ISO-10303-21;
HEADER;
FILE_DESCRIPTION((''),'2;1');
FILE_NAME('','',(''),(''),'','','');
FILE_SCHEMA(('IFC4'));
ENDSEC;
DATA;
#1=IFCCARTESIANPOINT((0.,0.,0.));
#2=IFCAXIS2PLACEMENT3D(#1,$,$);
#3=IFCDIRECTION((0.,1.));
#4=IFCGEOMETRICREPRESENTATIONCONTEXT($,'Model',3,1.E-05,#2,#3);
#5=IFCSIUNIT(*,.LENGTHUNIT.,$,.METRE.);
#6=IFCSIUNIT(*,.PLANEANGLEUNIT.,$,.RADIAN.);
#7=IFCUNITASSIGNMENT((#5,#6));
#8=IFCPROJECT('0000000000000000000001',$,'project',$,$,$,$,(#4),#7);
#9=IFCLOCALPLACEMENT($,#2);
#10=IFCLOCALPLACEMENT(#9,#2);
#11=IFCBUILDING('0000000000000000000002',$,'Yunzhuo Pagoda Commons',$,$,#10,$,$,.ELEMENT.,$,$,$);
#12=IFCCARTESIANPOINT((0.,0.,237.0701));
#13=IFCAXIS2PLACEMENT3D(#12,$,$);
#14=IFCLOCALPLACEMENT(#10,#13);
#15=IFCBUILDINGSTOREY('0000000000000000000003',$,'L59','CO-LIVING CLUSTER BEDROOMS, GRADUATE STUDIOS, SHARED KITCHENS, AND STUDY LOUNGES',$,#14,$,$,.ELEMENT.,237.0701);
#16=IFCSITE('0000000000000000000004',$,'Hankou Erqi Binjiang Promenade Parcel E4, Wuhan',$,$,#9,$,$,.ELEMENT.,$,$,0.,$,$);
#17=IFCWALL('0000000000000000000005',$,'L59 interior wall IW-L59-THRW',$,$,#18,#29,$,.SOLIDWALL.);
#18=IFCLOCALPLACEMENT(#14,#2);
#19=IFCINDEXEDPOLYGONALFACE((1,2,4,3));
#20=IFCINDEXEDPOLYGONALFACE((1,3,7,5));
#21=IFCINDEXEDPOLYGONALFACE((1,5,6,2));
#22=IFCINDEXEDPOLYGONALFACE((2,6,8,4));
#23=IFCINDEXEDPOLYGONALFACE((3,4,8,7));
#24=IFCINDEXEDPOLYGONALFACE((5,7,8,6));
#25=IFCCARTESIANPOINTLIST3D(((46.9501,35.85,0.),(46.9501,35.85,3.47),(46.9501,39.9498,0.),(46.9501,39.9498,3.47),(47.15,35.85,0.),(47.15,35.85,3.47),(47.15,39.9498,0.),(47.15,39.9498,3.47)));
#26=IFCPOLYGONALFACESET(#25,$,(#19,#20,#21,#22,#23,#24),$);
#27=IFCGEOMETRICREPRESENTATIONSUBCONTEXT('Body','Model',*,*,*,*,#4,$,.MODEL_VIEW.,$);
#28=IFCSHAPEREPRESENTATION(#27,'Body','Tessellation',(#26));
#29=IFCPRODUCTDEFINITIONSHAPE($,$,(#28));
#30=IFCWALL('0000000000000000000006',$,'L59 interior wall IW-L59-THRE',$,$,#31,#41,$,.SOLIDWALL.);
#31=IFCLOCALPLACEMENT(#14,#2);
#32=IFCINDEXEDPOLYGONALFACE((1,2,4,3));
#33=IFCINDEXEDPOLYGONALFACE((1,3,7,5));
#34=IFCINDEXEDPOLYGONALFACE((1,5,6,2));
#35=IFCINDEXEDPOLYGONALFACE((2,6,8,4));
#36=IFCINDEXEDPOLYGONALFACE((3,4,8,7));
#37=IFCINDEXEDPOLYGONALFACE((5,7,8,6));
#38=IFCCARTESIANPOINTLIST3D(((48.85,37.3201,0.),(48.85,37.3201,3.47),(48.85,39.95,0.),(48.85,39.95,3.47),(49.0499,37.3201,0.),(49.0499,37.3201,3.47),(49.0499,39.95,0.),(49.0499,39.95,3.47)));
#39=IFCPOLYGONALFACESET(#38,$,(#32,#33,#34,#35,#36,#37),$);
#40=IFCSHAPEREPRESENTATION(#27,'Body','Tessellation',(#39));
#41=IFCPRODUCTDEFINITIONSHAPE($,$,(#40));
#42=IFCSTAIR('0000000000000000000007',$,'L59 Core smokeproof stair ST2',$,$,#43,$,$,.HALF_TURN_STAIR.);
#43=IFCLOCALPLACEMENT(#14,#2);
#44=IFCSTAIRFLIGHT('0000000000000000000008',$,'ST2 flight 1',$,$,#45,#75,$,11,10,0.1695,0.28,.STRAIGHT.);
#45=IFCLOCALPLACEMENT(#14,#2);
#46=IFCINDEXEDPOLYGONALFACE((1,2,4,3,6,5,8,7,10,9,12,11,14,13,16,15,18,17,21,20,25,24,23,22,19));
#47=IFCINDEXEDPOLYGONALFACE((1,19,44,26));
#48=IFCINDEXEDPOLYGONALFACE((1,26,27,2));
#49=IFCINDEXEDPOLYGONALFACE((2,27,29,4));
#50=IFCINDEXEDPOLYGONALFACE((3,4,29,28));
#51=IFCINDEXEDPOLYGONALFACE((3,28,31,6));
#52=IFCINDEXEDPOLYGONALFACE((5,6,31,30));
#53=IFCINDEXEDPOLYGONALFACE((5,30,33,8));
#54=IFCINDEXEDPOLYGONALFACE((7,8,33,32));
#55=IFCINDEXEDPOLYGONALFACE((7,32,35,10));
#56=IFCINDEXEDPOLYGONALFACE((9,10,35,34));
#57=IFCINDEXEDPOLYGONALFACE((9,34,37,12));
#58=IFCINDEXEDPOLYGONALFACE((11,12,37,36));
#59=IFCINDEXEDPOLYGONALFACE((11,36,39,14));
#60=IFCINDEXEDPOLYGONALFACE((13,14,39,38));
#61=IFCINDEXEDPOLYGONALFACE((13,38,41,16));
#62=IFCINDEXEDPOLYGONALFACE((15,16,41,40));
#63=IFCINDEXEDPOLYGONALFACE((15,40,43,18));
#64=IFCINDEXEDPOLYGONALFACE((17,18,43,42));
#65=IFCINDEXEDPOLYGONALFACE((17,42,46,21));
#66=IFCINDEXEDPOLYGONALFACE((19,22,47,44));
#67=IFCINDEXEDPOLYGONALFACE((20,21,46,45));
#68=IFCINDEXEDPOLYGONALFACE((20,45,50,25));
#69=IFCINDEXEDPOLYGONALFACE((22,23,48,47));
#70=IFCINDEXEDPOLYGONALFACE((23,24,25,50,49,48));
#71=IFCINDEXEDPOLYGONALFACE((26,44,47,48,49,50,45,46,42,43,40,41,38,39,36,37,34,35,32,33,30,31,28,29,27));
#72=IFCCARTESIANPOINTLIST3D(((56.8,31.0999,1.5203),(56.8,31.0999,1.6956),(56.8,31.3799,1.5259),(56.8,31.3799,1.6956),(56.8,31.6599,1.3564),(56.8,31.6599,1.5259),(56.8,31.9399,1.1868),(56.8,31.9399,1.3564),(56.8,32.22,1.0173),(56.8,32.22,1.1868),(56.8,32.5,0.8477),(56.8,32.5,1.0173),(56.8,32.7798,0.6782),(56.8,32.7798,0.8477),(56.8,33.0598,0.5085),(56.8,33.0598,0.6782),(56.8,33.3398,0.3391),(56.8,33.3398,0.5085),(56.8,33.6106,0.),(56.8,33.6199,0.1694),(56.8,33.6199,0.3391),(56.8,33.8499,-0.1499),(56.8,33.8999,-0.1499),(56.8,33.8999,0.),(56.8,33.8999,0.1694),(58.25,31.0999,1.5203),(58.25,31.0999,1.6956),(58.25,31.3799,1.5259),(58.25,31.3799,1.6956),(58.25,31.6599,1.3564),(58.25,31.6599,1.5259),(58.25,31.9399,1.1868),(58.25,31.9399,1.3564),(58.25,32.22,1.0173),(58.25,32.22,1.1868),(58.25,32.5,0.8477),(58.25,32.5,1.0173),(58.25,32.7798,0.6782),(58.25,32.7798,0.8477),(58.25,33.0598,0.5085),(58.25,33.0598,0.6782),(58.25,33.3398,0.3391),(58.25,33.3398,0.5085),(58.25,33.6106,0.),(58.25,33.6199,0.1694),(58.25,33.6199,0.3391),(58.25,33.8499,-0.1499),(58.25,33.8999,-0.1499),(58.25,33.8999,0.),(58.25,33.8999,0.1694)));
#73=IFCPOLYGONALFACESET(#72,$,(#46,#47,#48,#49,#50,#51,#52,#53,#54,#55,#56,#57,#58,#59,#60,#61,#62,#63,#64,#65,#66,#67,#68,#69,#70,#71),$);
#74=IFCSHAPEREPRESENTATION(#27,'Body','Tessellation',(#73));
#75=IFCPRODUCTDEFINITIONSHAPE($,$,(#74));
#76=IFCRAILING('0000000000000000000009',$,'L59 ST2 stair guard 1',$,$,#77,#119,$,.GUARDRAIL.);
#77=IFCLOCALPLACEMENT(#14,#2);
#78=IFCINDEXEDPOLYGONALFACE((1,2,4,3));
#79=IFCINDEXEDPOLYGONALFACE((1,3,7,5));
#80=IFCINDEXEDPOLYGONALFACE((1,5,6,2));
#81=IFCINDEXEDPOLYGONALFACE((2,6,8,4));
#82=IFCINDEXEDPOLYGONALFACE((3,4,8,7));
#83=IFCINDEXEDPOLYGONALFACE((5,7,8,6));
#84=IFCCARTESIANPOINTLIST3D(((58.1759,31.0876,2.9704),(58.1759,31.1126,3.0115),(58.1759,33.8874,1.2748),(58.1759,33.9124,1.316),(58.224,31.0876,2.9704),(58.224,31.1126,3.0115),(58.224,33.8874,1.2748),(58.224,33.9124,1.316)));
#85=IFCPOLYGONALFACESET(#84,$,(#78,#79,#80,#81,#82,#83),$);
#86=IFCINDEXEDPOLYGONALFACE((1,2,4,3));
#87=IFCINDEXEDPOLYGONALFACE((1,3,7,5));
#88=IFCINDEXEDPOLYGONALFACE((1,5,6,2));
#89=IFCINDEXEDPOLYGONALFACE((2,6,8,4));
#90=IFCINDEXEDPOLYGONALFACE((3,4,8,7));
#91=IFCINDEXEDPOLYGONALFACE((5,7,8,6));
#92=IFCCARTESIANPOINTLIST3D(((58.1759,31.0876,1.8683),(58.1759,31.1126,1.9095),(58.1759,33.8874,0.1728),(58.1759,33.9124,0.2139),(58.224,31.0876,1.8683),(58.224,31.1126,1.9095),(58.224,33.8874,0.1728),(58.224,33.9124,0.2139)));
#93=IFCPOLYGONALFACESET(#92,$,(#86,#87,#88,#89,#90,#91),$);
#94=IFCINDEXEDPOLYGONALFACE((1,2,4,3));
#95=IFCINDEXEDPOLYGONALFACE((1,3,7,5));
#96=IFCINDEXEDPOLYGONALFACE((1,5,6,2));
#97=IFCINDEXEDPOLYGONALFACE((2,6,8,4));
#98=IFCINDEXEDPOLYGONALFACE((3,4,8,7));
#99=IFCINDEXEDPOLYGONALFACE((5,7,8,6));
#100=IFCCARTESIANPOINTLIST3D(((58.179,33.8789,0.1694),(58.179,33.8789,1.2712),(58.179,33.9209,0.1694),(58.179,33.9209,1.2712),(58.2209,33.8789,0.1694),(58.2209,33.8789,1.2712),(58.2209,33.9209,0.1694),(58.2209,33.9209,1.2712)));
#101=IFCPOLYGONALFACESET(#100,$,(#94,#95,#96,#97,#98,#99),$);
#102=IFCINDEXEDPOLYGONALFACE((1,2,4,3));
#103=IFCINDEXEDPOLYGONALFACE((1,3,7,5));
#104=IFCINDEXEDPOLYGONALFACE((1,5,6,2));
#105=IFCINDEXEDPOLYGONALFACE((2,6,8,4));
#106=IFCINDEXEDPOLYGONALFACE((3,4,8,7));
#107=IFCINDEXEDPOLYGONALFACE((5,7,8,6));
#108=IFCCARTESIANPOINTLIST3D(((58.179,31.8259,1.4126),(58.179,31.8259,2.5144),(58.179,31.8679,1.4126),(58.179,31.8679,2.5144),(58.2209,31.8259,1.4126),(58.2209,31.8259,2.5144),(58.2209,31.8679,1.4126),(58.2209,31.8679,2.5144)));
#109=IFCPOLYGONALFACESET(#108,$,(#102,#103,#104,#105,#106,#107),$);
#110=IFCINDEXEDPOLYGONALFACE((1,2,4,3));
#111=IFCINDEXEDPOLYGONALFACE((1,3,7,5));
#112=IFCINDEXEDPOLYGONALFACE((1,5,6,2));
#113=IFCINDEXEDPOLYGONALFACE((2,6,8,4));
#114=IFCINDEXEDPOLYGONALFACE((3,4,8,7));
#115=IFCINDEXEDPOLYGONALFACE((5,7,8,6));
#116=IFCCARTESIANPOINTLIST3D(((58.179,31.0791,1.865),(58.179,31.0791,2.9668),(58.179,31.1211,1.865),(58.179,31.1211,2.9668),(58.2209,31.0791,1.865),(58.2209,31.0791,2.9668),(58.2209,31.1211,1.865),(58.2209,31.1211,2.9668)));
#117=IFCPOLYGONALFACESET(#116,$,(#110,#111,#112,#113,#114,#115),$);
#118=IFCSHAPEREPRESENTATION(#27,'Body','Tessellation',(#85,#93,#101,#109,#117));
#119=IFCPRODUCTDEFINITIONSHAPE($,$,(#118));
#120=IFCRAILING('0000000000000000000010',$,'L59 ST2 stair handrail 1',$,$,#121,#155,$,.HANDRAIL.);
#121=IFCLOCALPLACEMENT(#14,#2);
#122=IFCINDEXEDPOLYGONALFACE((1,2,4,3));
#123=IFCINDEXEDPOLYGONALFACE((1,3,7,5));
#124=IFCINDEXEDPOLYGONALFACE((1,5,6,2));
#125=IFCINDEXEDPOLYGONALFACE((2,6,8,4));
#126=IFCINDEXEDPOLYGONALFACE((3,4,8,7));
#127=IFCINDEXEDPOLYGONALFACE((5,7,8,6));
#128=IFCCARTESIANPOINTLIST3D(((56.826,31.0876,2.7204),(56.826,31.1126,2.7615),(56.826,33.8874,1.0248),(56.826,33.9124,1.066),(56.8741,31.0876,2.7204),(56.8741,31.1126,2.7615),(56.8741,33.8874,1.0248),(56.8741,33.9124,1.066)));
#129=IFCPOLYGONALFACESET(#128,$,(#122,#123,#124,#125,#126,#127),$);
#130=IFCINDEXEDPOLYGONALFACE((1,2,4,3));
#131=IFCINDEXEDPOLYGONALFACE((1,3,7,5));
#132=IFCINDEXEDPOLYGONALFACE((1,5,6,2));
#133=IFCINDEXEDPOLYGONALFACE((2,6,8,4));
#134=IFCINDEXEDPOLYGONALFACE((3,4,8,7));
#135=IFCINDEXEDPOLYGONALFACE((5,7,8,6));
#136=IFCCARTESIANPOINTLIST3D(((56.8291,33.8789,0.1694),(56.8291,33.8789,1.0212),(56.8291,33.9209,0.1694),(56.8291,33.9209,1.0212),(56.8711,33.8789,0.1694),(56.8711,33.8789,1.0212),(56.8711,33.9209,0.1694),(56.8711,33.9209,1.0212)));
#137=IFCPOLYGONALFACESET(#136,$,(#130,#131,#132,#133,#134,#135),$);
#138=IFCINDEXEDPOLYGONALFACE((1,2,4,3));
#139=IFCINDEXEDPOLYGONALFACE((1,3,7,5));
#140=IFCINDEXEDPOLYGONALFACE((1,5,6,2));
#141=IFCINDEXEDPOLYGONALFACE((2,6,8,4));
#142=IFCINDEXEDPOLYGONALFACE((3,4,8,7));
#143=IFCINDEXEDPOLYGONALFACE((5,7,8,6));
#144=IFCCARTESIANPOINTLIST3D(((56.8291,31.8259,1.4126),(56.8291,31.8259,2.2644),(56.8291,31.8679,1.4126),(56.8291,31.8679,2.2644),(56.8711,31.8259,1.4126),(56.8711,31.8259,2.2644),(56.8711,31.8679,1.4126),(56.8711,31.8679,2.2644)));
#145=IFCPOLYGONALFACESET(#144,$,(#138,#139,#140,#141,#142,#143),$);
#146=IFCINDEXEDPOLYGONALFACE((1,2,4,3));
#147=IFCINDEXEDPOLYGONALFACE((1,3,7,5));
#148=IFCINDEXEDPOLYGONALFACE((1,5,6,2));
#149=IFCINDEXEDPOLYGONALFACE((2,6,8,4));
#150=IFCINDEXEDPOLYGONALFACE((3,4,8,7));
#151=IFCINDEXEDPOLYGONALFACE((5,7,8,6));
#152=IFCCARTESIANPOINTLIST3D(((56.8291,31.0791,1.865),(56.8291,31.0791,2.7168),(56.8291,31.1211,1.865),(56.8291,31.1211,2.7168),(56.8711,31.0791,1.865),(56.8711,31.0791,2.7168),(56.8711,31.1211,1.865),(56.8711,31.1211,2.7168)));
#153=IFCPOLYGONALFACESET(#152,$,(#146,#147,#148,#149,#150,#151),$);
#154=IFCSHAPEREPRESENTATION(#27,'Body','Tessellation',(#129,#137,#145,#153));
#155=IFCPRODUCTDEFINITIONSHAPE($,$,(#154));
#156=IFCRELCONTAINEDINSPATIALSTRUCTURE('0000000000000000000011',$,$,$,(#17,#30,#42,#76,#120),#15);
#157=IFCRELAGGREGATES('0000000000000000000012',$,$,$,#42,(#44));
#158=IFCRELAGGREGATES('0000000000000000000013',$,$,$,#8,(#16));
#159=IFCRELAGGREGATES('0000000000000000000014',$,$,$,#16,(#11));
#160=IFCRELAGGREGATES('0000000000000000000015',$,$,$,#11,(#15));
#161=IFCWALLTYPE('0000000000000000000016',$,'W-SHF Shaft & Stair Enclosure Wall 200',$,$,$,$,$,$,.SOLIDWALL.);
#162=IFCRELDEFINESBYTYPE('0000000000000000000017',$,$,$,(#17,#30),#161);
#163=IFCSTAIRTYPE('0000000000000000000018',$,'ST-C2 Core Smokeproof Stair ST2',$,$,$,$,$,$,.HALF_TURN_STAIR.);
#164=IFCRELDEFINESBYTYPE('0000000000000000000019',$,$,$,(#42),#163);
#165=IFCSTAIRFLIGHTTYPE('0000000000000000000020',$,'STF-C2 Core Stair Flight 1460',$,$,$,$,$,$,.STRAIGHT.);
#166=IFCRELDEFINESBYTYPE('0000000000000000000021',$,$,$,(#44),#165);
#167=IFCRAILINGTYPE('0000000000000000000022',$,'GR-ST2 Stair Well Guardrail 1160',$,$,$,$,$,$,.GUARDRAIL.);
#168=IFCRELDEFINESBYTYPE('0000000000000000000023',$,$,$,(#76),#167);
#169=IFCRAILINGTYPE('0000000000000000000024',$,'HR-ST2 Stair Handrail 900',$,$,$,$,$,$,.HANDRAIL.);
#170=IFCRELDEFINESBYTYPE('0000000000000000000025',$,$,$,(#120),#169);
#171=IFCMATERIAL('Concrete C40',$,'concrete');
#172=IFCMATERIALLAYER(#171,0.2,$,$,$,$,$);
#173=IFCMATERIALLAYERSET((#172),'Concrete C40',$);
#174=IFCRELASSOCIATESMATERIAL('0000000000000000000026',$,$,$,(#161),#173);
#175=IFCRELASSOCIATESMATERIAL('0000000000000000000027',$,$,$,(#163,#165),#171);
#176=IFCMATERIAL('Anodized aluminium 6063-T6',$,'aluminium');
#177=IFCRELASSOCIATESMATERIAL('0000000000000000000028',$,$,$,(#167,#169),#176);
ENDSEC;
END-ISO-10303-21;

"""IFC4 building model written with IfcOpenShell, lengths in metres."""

from ifc_helpers import new_model, si_unit, direction, frame, frame_2d, origin, origin_2d, place, context, subcontext, project, spatial, polyline, rectangle, outline, extrude, source, transform, mapped, material, layer, layer_set, type_object, element, aggregate, save


model = new_model("IFC4")

# Units and contexts
model_context = context("Model", 3, precision=1e-05, world=origin(), true_north=direction((0.0, 1.0)))
body_context = subcontext(model_context, "Body", "Model", "MODEL_VIEW")
ifc_project = project(units=[si_unit("LENGTHUNIT", "METRE"), si_unit("PLANEANGLEUNIT", "RADIAN")], contexts=[model_context])

# Site, building, storey
site_placement = place(None, origin())
site = spatial("IfcSite", under=ifc_project, at=site_placement, Name="Hankou Erqi Binjiang Promenade Parcel E4, Wuhan", CompositionType="ELEMENT", RefElevation=0.0)
building_placement = place(site_placement, origin())
building = spatial("IfcBuilding", under=site, at=building_placement, Name="Yunzhuo Pagoda Commons", CompositionType="ELEMENT")
storey_placement = place(building_placement, frame((0.0, 0.0, 237.0701)))
storey = spatial("IfcBuildingStorey", under=building, at=storey_placement, Name="L59", Description="CO-LIVING CLUSTER BEDROOMS, GRADUATE STUDIOS, SHARED KITCHENS, AND STUDY LOUNGES", CompositionType="ELEMENT", Elevation=237.0701)

# Shared definitions
ifc_material_1 = material(Name="Concrete C40", Category="concrete")
ifc_layer_1 = layer(ifc_material_1, 0.2)
ifc_layer_set_1 = layer_set([ifc_layer_1], Name="Concrete C40")
wall_type_1 = type_object("IfcWallType", Name="W-SHF Shaft & Stair Enclosure Wall 200", PredefinedType="SOLIDWALL", material=ifc_layer_set_1)

# Walls
wall_1_placement = place(storey_placement, frame((47.05, 35.8501, 0.0), z_axis=(0.0, 0.0, 1.0), x_axis=(0.0, 1.0, 0.0)))
element("IfcWall", 1, at=wall_1_placement, inside=storey, type_object=wall_type_1, Name="L59 interior wall IW-L59-THRW", PredefinedType="SOLIDWALL", context=body_context, shape_type="SweptSolid", body=[
    extrude(rectangle(XDim=4.0999, YDim=0.2, at=frame_2d((2.0498, 0.0))), origin(), (0.0, 0.0, 1.0), 3.47),
])
wall_2_placement = place(storey_placement, frame((48.95, 37.3201, 0.0), z_axis=(0.0, 0.0, 1.0), x_axis=(0.0, 1.0, 0.0)))
element("IfcWall", 2, at=wall_2_placement, inside=storey, type_object=wall_type_1, Name="L59 interior wall IW-L59-THRE", PredefinedType="SOLIDWALL", context=body_context, shape_type="SweptSolid", body=[
    extrude(rectangle(XDim=2.6299, YDim=0.2, at=frame_2d((1.3149, 0.0))), origin(), (0.0, 0.0, 1.0), 3.47),
])

# Stair, stair flight
stair_type = type_object("IfcStairType", Name="ST-C2 Core Smokeproof Stair ST2", PredefinedType="HALF_TURN_STAIR", material=ifc_material_1)
stair_placement = place(storey_placement, origin())
stair = element("IfcStair", 3, at=stair_placement, inside=storey, type_object=stair_type, Name="L59 Core smokeproof stair ST2", PredefinedType="HALF_TURN_STAIR")
stair_flight_type = type_object("IfcStairFlightType", Name="STF-C2 Core Stair Flight 1460", PredefinedType="STRAIGHT", material=ifc_material_1)
shared_shape_1 = source(origin(), body_context, "Body", "SweptSolid", [
    extrude(outline(polyline([(0.0, -0.1499), (0.0, 0.0), (0.0, 0.1694), (0.28, 0.1694), (0.28, 0.3391), (0.5601, 0.3391), (0.5601, 0.5085), (0.8401, 0.5085), (0.8401, 0.6782), (1.1201, 0.6782), (1.1201, 0.8477), (1.3999, 0.8477), (1.3999, 1.0173), (1.6799, 1.0173), (1.6799, 1.1868), (1.96, 1.1868), (1.96, 1.3564), (2.24, 1.3564), (2.24, 1.5259), (2.52, 1.5259), (2.52, 1.6956), (2.8, 1.6956), (2.8, 1.865), (2.8, 1.5203), (0.2893, 0.0), (0.05, -0.1499), (0.0, -0.1499)])), frame((0.0, 0.7251, 0.0), z_axis=(0.0, -1.0, 0.0), x_axis=(1.0, 0.0, 0.0)), (0.0, 0.0, 1.0), 1.45),
])
stair_flight_placement = place(storey_placement, frame((57.5249, 33.8999, 0.0), z_axis=(0.0, 0.0, 1.0), x_axis=(0.0, -1.0, 0.0)))
stair_flight = element("IfcStairFlight", 4, at=stair_flight_placement, type_object=stair_flight_type, Name="ST2 flight 1", NumberOfRisers=11, NumberOfTreads=10, PredefinedType="STRAIGHT", RiserHeight=0.1695, TreadLength=0.28, context=body_context, shape_type="MappedRepresentation", body=[
    mapped(shared_shape_1, transform((0.0, 0.0, 0.0), scale=1.0)),
])
aggregate(stair, [stair_flight])

# Railings
ifc_material_2 = material(Name="Anodized aluminium 6063-T6", Category="aluminium")
railing_type_1 = type_object("IfcRailingType", Name="GR-ST2 Stair Well Guardrail 1160", PredefinedType="GUARDRAIL", material=ifc_material_2)
railing_1_placement = place(storey_placement, frame((58.2, 33.8999, 0.1694)))
element("IfcRailing", 5, at=railing_1_placement, inside=storey, type_object=railing_type_1, Name="L59 ST2 stair guard 1", PredefinedType="GUARDRAIL", context=body_context, shape_type="SweptSolid", body=[
    extrude(rectangle(XDim=0.0481, YDim=0.0481, at=origin_2d()), frame((0.0, 0.0, 1.126), z_axis=(0.0, -0.855373, 0.518012), x_axis=(1.0, 0.0, 0.0)), (0.0, 0.0, 1.0), 3.2732),
    extrude(rectangle(XDim=0.0481, YDim=0.0481, at=origin_2d()), frame((0.0, 0.0, 0.0239), z_axis=(0.0, -0.855373, 0.518012), x_axis=(1.0, 0.0, 0.0)), (0.0, 0.0, 1.0), 3.2732),
    extrude(rectangle(XDim=0.042, YDim=0.042, at=origin_2d()), origin(), (0.0, 0.0, 1.0), 1.1018),
    extrude(rectangle(XDim=0.042, YDim=0.042, at=origin_2d()), frame((0.0, -2.053, 1.2432)), (0.0, 0.0, 1.0), 1.1018),
    extrude(rectangle(XDim=0.042, YDim=0.042, at=origin_2d()), frame((0.0, -2.7998, 1.6956)), (0.0, 0.0, 1.0), 1.1018),
])
railing_type_2 = type_object("IfcRailingType", Name="HR-ST2 Stair Handrail 900", PredefinedType="HANDRAIL", material=ifc_material_2)
railing_2_placement = place(storey_placement, frame((56.8501, 33.8999, 0.1694)))
element("IfcRailing", 6, at=railing_2_placement, inside=storey, type_object=railing_type_2, Name="L59 ST2 stair handrail 1", PredefinedType="HANDRAIL", context=body_context, shape_type="SweptSolid", body=[
    extrude(rectangle(XDim=0.0481, YDim=0.0481, at=origin_2d()), frame((0.0, 0.0, 0.876), z_axis=(0.0, -0.855373, 0.518012), x_axis=(1.0, 0.0, 0.0)), (0.0, 0.0, 1.0), 3.2732),
    extrude(rectangle(XDim=0.042, YDim=0.042, at=origin_2d()), origin(), (0.0, 0.0, 1.0), 0.8518),
    extrude(rectangle(XDim=0.042, YDim=0.042, at=origin_2d()), frame((0.0, -2.053, 1.2432)), (0.0, 0.0, 1.0), 0.8518),
    extrude(rectangle(XDim=0.042, YDim=0.042, at=origin_2d()), frame((0.0, -2.7998, 1.6956)), (0.0, 0.0, 1.0), 0.8518),
])

save(model, "model.ifc")
